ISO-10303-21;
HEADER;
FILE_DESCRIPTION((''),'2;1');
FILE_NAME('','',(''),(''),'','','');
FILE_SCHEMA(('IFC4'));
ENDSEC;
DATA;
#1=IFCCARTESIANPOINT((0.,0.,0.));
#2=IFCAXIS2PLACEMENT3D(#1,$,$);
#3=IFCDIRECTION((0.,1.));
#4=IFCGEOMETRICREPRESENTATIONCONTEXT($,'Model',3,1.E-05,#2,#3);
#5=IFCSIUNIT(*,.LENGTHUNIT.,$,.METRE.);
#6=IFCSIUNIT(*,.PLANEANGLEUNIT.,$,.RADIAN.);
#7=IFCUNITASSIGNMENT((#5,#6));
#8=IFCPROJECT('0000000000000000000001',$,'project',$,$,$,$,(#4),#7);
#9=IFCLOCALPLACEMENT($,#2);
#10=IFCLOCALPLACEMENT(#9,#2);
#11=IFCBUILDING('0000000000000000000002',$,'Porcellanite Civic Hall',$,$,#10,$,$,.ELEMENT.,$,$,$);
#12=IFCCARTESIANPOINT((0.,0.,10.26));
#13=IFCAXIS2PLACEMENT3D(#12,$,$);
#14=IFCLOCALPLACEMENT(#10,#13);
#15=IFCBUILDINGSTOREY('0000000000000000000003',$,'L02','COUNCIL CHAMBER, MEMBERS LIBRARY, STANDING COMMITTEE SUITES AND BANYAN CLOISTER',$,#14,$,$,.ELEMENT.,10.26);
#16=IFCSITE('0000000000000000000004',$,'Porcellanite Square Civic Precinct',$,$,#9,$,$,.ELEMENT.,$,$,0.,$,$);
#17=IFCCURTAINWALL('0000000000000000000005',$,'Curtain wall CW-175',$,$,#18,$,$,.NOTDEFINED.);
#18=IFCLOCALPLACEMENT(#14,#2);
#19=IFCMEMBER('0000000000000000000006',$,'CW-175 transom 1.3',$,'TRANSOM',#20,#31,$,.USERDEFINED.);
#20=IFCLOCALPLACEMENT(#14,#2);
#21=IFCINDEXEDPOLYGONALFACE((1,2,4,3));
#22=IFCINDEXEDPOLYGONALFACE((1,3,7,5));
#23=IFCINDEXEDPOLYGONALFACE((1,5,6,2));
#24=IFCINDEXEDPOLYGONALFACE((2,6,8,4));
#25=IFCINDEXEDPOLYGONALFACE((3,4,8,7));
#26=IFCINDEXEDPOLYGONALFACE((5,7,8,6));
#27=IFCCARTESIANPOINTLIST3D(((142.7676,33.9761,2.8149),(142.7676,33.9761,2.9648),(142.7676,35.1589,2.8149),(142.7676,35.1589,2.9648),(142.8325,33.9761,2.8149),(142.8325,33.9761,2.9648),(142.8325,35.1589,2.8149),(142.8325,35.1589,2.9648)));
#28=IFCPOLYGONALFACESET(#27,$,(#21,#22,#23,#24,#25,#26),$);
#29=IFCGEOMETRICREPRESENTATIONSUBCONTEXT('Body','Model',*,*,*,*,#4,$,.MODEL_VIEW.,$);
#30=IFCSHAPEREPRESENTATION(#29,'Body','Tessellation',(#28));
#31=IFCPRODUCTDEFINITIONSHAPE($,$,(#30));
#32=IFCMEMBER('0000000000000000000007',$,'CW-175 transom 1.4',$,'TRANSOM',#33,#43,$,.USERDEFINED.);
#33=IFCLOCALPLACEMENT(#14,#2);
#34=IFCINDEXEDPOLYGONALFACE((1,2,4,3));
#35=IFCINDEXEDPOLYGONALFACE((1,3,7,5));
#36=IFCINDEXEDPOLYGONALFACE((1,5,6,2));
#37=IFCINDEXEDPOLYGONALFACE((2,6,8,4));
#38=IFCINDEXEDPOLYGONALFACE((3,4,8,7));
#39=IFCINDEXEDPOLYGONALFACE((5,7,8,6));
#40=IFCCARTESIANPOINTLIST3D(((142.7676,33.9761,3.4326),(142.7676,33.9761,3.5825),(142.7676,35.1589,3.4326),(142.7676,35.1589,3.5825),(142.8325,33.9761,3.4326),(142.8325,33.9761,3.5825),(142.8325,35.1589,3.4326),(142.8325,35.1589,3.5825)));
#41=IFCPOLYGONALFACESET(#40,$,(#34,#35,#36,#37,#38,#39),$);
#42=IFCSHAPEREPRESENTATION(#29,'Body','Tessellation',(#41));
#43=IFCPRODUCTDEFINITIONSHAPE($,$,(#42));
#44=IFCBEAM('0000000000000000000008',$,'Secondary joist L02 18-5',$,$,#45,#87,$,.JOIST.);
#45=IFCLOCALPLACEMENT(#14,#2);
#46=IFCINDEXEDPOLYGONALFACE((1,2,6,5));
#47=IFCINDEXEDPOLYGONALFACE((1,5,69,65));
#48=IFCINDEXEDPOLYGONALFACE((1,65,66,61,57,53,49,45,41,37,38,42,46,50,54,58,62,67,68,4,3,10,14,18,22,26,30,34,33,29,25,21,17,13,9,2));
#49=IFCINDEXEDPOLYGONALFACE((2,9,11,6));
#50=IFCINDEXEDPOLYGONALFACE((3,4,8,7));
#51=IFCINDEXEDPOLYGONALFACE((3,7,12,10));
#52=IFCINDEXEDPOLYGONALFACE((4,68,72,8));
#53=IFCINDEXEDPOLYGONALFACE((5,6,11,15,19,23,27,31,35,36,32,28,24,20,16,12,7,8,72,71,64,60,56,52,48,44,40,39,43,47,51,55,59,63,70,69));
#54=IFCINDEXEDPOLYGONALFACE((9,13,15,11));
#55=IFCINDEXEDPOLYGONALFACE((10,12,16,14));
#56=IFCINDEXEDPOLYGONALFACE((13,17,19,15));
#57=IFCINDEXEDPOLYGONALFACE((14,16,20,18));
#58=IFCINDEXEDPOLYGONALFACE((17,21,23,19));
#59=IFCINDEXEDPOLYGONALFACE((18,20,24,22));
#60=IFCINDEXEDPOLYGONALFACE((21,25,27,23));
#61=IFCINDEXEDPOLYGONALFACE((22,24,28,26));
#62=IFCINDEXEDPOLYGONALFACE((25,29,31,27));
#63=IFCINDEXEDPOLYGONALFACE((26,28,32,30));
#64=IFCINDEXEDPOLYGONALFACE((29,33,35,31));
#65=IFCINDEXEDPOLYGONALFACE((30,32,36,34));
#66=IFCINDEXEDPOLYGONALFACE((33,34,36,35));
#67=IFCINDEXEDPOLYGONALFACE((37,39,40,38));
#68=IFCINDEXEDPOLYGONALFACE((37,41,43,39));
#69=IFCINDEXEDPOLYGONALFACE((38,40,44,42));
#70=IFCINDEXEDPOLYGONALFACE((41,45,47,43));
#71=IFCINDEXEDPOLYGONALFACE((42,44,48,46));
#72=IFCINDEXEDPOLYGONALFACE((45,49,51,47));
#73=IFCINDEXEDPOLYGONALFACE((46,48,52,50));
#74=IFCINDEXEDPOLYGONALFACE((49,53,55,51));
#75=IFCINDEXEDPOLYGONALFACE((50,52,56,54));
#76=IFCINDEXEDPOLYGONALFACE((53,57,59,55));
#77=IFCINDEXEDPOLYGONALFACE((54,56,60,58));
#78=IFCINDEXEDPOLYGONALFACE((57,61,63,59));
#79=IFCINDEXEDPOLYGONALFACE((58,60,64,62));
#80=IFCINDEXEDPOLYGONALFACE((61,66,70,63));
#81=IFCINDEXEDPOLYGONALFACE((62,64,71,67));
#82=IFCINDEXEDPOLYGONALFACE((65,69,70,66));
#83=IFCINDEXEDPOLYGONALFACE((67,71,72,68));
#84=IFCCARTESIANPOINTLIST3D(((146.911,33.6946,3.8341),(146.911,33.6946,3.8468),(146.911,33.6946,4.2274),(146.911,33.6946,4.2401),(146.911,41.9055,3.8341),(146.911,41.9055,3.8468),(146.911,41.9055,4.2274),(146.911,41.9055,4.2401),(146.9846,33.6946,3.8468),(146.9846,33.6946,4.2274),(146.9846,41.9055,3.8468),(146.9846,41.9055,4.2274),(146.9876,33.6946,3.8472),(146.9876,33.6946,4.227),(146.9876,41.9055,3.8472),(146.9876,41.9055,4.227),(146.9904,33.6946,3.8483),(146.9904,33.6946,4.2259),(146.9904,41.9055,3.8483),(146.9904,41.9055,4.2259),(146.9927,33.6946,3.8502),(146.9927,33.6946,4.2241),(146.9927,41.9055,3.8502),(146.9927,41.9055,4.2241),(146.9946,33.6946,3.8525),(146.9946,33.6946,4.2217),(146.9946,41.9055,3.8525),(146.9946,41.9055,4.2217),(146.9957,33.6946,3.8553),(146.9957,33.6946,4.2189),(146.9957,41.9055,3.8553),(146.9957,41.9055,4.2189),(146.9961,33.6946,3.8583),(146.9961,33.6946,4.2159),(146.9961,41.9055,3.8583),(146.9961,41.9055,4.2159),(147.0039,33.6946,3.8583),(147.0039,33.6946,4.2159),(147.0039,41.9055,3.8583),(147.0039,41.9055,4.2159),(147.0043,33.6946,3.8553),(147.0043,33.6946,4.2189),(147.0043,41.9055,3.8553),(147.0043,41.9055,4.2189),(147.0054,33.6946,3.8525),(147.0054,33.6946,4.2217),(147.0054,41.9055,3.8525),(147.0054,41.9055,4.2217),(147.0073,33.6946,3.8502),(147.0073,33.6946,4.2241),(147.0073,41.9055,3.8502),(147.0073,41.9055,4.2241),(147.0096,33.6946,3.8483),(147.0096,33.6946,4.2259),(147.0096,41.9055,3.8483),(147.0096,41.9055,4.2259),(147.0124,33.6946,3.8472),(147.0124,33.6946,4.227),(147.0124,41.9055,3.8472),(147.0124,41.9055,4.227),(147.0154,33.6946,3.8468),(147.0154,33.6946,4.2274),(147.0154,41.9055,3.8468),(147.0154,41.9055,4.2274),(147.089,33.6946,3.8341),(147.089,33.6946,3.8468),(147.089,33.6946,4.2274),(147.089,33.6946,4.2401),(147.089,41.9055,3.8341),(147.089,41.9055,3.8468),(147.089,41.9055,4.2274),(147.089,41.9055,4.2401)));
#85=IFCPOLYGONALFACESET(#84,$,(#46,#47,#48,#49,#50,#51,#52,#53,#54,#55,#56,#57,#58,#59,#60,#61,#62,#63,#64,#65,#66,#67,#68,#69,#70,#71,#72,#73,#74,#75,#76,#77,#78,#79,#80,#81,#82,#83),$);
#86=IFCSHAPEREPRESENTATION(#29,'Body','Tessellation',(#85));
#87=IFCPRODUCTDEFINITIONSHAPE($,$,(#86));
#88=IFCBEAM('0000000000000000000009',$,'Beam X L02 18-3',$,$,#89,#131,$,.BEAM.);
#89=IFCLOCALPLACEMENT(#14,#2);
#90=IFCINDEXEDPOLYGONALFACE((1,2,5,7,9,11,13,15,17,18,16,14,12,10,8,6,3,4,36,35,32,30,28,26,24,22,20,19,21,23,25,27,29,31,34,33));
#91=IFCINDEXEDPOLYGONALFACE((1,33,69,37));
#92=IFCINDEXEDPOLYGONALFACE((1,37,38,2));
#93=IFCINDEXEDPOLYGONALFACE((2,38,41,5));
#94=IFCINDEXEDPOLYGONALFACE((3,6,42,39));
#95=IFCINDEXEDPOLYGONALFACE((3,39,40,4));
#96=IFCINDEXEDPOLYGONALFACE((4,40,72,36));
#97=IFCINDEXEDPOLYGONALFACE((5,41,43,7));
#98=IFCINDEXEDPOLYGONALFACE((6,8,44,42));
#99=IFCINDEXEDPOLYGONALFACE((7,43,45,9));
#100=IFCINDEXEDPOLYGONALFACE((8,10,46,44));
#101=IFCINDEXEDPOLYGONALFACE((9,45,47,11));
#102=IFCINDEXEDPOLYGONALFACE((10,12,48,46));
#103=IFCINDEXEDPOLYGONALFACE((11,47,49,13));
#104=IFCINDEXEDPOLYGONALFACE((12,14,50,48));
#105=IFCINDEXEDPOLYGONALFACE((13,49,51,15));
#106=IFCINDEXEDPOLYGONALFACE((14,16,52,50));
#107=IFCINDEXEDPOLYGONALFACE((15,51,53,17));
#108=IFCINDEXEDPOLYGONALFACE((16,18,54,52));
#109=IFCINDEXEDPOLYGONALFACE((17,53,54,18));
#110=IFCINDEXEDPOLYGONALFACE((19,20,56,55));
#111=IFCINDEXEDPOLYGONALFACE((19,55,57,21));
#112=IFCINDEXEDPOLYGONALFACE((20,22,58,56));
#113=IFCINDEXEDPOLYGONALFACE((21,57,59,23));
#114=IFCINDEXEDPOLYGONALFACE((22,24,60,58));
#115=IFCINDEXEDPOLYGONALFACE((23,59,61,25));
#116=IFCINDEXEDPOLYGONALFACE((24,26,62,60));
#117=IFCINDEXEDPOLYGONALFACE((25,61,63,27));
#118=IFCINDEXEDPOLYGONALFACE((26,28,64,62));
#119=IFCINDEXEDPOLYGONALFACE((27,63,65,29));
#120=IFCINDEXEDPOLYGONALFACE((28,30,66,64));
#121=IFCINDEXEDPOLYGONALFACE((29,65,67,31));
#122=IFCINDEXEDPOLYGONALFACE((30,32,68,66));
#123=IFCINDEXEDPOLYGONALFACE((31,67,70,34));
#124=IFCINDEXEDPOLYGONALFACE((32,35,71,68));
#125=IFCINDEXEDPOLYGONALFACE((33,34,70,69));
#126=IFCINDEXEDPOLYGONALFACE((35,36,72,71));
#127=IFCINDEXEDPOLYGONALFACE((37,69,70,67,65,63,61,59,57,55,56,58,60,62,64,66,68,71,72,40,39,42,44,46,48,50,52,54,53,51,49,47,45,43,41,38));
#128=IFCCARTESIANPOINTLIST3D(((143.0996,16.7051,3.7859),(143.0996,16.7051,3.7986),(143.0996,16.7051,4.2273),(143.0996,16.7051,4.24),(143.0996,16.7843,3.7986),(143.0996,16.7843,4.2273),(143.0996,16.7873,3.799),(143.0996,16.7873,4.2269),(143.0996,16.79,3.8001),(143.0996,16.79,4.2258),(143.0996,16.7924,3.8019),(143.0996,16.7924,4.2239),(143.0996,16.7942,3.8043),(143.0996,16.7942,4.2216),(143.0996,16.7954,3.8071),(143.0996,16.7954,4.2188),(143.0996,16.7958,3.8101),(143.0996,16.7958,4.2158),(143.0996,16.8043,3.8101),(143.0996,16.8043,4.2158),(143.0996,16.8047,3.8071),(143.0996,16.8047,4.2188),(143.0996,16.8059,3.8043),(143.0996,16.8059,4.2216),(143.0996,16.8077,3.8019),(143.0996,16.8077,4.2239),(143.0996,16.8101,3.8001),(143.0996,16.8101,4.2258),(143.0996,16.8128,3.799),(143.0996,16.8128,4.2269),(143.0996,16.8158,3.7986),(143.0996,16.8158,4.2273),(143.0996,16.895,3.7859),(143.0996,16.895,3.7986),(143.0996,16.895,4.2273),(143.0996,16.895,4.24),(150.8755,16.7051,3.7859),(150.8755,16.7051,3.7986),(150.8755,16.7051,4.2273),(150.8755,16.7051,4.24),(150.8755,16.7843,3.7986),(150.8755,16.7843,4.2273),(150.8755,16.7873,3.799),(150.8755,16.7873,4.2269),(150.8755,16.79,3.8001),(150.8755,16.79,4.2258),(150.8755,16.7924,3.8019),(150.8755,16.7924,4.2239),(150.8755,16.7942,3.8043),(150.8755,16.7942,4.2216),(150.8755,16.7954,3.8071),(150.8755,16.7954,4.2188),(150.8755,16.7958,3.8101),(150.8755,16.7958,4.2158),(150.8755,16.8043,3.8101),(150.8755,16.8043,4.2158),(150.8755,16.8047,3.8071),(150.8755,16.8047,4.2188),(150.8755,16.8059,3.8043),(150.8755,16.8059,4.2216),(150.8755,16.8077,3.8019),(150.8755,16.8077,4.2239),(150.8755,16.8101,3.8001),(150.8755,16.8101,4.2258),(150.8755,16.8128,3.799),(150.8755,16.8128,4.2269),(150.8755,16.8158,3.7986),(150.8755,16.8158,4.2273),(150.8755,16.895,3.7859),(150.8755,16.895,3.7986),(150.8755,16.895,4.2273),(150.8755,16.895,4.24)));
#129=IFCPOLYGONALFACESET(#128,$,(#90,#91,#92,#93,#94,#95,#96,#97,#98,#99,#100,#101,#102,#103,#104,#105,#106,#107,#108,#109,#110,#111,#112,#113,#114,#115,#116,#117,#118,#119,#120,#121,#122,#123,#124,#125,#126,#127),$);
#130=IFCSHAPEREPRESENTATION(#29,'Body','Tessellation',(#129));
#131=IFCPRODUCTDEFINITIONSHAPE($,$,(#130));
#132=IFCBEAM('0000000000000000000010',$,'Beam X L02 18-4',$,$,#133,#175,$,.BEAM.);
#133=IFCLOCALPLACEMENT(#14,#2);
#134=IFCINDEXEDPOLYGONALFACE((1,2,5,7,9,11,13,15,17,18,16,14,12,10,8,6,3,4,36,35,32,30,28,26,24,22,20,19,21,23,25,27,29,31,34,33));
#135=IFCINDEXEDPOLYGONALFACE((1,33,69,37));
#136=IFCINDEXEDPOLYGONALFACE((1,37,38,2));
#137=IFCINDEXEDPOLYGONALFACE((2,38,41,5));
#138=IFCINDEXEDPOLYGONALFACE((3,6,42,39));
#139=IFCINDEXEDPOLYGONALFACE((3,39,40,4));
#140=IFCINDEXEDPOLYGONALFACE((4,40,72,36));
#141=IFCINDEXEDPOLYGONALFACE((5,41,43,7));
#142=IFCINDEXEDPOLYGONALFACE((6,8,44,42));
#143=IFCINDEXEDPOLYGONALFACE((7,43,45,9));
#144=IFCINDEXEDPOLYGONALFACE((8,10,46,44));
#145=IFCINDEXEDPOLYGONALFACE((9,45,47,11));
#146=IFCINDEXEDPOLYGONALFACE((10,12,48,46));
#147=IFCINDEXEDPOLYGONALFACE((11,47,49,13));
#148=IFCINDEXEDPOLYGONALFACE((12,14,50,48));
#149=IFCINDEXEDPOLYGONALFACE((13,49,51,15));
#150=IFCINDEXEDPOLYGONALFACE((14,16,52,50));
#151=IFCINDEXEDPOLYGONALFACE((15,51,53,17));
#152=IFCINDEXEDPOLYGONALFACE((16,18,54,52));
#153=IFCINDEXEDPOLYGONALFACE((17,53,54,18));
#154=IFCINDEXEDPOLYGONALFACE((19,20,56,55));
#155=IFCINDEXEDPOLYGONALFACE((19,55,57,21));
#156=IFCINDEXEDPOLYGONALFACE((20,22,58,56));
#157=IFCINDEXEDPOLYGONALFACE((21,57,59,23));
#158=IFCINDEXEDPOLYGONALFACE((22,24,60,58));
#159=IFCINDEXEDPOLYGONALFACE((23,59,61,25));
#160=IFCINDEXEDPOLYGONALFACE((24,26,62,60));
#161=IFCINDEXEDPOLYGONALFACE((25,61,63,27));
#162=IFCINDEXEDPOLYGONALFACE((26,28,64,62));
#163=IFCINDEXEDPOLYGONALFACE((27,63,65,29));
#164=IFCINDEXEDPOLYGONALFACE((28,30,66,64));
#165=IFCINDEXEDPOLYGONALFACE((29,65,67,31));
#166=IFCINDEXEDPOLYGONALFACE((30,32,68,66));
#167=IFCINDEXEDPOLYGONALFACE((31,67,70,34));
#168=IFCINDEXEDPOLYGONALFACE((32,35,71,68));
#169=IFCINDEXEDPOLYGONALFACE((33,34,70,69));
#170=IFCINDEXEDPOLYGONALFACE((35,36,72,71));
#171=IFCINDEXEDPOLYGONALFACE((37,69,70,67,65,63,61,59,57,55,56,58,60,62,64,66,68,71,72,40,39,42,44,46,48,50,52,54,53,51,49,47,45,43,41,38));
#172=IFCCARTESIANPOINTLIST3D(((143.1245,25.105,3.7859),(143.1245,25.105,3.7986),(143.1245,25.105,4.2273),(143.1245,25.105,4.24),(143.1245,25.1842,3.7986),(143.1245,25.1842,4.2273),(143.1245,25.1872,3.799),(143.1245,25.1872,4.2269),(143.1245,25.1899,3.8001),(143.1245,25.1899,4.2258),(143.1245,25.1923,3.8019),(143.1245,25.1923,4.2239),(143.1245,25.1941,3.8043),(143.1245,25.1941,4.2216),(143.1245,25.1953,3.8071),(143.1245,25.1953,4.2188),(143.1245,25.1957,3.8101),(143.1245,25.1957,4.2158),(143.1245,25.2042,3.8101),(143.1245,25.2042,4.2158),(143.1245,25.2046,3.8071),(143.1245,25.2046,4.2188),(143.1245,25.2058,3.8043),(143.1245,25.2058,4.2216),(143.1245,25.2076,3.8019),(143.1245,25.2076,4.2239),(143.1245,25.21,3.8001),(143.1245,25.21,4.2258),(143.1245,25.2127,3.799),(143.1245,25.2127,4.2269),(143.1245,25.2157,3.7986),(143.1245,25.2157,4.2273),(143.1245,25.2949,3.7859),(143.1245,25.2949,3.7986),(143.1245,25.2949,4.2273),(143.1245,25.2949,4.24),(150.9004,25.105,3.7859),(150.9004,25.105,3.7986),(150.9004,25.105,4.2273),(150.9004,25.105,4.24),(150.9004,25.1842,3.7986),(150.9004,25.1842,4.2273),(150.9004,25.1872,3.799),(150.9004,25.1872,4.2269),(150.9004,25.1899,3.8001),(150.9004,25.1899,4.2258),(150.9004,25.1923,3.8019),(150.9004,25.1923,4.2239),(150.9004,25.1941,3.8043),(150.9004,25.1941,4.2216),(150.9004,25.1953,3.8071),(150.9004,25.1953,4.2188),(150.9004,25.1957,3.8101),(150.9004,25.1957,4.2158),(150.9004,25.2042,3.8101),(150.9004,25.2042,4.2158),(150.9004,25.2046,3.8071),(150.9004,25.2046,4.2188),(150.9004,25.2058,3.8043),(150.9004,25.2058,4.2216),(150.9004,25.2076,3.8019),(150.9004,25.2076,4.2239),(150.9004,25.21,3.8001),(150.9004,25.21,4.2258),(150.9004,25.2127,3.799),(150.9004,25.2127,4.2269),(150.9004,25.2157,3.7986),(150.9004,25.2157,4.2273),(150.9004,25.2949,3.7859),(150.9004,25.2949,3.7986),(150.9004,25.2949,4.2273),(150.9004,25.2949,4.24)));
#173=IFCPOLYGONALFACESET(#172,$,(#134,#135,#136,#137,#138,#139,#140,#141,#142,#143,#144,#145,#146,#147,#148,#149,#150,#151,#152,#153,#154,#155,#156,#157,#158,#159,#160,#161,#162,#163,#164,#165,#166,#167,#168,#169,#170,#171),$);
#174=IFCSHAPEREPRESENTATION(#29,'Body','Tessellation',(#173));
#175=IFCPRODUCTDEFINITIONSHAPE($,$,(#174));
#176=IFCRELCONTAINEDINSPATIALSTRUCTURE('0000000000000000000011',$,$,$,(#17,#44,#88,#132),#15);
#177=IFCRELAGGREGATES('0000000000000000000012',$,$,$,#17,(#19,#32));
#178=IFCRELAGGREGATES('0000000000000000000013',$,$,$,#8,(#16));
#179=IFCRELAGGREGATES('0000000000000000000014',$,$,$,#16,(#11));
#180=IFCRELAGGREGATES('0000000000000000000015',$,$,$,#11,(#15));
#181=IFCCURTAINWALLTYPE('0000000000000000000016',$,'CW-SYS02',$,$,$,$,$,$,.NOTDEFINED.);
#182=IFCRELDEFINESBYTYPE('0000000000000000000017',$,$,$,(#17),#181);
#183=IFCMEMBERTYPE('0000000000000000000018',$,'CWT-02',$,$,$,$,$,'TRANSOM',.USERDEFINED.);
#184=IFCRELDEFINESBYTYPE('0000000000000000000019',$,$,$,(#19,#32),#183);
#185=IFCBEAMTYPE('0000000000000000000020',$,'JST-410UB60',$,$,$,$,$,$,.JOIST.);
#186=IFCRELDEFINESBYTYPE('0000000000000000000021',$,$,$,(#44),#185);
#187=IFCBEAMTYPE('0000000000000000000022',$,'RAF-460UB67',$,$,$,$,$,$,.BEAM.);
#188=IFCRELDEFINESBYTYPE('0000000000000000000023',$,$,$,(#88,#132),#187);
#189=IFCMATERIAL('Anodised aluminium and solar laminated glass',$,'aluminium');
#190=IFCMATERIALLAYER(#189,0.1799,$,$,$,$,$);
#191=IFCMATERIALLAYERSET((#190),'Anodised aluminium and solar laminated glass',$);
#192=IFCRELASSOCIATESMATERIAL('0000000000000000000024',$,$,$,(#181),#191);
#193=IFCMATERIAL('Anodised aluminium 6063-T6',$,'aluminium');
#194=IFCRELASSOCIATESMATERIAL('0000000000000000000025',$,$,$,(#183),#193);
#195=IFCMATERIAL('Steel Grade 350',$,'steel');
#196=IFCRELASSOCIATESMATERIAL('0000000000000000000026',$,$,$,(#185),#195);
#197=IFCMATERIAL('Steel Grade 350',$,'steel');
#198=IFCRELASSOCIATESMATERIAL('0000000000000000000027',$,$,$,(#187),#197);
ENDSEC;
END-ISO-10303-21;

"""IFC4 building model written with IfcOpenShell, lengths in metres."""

from ifc_helpers import new_model, si_unit, direction, frame, origin, origin_2d, place, context, subcontext, project, spatial, rectangle, i_section, extrude, material, layer, layer_set, material_profile, profile_set, type_object, element, aggregate, save


model = new_model("IFC4")

# Units and contexts
model_context = context("Model", 3, precision=1e-05, world=origin(), true_north=direction((0.0, 1.0)))
body_context = subcontext(model_context, "Body", "Model", "MODEL_VIEW")
ifc_project = project(units=[si_unit("LENGTHUNIT", "METRE"), si_unit("PLANEANGLEUNIT", "RADIAN")], contexts=[model_context])

# Site, building, storey
site_placement = place(None, origin())
site = spatial("IfcSite", under=ifc_project, at=site_placement, Name="Porcellanite Square Civic Precinct", CompositionType="ELEMENT", RefElevation=0.0)
building_placement = place(site_placement, origin())
building = spatial("IfcBuilding", under=site, at=building_placement, Name="Porcellanite Civic Hall", CompositionType="ELEMENT")
storey_placement = place(building_placement, frame((0.0, 0.0, 10.26)))
storey = spatial("IfcBuildingStorey", under=building, at=storey_placement, Name="L02", Description="COUNCIL CHAMBER, MEMBERS LIBRARY, STANDING COMMITTEE SUITES AND BANYAN CLOISTER", CompositionType="ELEMENT", Elevation=10.26)

# Shared definitions
ifc_material_1 = material(Name="Anodised aluminium and solar laminated glass", Category="aluminium")
ifc_layer_1 = layer(ifc_material_1, 0.1799)
ifc_layer_set_1 = layer_set([ifc_layer_1], Name="Anodised aluminium and solar laminated glass")
curtain_wall_type = type_object("IfcCurtainWallType", Name="CW-SYS02", PredefinedType="NOTDEFINED", material=ifc_layer_set_1)

# Curtain wall, members
curtain_wall_1_placement = place(storey_placement, origin())
curtain_wall_1 = element("IfcCurtainWall", 1, at=curtain_wall_1_placement, inside=storey, type_object=curtain_wall_type, Name="Curtain wall CW-175", PredefinedType="NOTDEFINED")
ifc_material_2 = material(Name="Anodised aluminium 6063-T6", Category="aluminium")
ifc_material_profile_1 = material_profile(ifc_material_2, rectangle(XDim=0.0649, YDim=0.1499, at=origin_2d()), Name="AL-65x150")
ifc_profile_set_1 = profile_set([ifc_material_profile_1], Name="Anodised aluminium 6063-T6")
member_type_1 = type_object("IfcMemberType", Name="CWT-02", ElementType="TRANSOM", PredefinedType="USERDEFINED", material=ifc_profile_set_1)
member_1_placement = place(storey_placement, frame((142.8, 33.9761, 2.8899), z_axis=(0.0, 1.0, 0.0), x_axis=(-1.0, 0.0, 0.0)))
member_1 = element("IfcMember", 2, at=member_1_placement, type_object=member_type_1, Name="CW-175 transom 1.3", ObjectType="TRANSOM", PredefinedType="USERDEFINED", context=body_context, shape_type="SweptSolid", body=[
    extrude(rectangle(XDim=0.0649, YDim=0.1499, at=origin_2d()), origin(), (0.0, 0.0, 1.0), 1.1829),
])
member_2_placement = place(storey_placement, frame((142.8, 33.9761, 3.5076), z_axis=(0.0, 1.0, 0.0), x_axis=(-1.0, 0.0, 0.0)))
member_2 = element("IfcMember", 3, at=member_2_placement, type_object=member_type_1, Name="CW-175 transom 1.4", ObjectType="TRANSOM", PredefinedType="USERDEFINED", context=body_context, shape_type="SweptSolid", body=[
    extrude(rectangle(XDim=0.0649, YDim=0.1499, at=origin_2d()), origin(), (0.0, 0.0, 1.0), 1.1829),
])

# Beams
ifc_material_3 = material(Name="Steel Grade 350", Category="steel")
ifc_material_profile_2 = material_profile(ifc_material_3, i_section(OverallWidth=0.178, OverallDepth=0.406, WebThickness=0.0078, FlangeThickness=0.0127, FilletRadius=0.0115, at=origin_2d()), Name="410UB59.7")
ifc_profile_set_2 = profile_set([ifc_material_profile_2], Name="Steel Grade 350")
beam_type_1 = type_object("IfcBeamType", Name="JST-410UB60", PredefinedType="JOIST", material=ifc_profile_set_2)
beam_1_placement = place(storey_placement, frame((147.0, 33.6946, 4.0371), z_axis=(0.0, 1.0, 0.0), x_axis=(-1.0, 0.0, 0.0)))
element("IfcBeam", 4, at=beam_1_placement, inside=storey, type_object=beam_type_1, Name="Secondary joist L02 18-5", PredefinedType="JOIST", context=body_context, shape_type="SweptSolid", body=[
    extrude(i_section(OverallWidth=0.178, OverallDepth=0.406, WebThickness=0.0078, FlangeThickness=0.0127, FilletRadius=0.0115, at=origin_2d()), origin(), (0.0, 0.0, 1.0), 8.2109),
])
ifc_material_4 = material(Name="Steel Grade 350", Category="steel")
ifc_material_profile_3 = material_profile(ifc_material_4, i_section(OverallWidth=0.1899, OverallDepth=0.4541, WebThickness=0.0085, FlangeThickness=0.0127, FilletRadius=0.0115, at=origin_2d()), Name="460UB67.1")
ifc_profile_set_3 = profile_set([ifc_material_profile_3], Name="Steel Grade 350")
beam_type_2 = type_object("IfcBeamType", Name="RAF-460UB67", PredefinedType="BEAM", material=ifc_profile_set_3)
for number, where, z_axis, x_axis, name in (
    (5, (143.0996, 16.8, 4.0129), (1.0, 0.0, 0.0), (0.0, 1.0, 0.0), "Beam X L02 18-3"),
    (6, (143.1245, 25.2, 4.0129), (1.0, 0.0, 0.0), (0.0, 1.0, 0.0), "Beam X L02 18-4"),
):
    element("IfcBeam", number, at=place(storey_placement, frame(where, z_axis=z_axis, x_axis=x_axis)), inside=storey, type_object=beam_type_2, Name=name, PredefinedType="BEAM", context=body_context, shape_type="SweptSolid", body=[
        extrude(i_section(OverallWidth=0.1899, OverallDepth=0.4541, WebThickness=0.0085, FlangeThickness=0.0127, FilletRadius=0.0115, at=origin_2d()), origin(), (0.0, 0.0, 1.0), 7.7759),
    ])

aggregate(curtain_wall_1, [member_1, member_2])

save(model, "model.ifc")
